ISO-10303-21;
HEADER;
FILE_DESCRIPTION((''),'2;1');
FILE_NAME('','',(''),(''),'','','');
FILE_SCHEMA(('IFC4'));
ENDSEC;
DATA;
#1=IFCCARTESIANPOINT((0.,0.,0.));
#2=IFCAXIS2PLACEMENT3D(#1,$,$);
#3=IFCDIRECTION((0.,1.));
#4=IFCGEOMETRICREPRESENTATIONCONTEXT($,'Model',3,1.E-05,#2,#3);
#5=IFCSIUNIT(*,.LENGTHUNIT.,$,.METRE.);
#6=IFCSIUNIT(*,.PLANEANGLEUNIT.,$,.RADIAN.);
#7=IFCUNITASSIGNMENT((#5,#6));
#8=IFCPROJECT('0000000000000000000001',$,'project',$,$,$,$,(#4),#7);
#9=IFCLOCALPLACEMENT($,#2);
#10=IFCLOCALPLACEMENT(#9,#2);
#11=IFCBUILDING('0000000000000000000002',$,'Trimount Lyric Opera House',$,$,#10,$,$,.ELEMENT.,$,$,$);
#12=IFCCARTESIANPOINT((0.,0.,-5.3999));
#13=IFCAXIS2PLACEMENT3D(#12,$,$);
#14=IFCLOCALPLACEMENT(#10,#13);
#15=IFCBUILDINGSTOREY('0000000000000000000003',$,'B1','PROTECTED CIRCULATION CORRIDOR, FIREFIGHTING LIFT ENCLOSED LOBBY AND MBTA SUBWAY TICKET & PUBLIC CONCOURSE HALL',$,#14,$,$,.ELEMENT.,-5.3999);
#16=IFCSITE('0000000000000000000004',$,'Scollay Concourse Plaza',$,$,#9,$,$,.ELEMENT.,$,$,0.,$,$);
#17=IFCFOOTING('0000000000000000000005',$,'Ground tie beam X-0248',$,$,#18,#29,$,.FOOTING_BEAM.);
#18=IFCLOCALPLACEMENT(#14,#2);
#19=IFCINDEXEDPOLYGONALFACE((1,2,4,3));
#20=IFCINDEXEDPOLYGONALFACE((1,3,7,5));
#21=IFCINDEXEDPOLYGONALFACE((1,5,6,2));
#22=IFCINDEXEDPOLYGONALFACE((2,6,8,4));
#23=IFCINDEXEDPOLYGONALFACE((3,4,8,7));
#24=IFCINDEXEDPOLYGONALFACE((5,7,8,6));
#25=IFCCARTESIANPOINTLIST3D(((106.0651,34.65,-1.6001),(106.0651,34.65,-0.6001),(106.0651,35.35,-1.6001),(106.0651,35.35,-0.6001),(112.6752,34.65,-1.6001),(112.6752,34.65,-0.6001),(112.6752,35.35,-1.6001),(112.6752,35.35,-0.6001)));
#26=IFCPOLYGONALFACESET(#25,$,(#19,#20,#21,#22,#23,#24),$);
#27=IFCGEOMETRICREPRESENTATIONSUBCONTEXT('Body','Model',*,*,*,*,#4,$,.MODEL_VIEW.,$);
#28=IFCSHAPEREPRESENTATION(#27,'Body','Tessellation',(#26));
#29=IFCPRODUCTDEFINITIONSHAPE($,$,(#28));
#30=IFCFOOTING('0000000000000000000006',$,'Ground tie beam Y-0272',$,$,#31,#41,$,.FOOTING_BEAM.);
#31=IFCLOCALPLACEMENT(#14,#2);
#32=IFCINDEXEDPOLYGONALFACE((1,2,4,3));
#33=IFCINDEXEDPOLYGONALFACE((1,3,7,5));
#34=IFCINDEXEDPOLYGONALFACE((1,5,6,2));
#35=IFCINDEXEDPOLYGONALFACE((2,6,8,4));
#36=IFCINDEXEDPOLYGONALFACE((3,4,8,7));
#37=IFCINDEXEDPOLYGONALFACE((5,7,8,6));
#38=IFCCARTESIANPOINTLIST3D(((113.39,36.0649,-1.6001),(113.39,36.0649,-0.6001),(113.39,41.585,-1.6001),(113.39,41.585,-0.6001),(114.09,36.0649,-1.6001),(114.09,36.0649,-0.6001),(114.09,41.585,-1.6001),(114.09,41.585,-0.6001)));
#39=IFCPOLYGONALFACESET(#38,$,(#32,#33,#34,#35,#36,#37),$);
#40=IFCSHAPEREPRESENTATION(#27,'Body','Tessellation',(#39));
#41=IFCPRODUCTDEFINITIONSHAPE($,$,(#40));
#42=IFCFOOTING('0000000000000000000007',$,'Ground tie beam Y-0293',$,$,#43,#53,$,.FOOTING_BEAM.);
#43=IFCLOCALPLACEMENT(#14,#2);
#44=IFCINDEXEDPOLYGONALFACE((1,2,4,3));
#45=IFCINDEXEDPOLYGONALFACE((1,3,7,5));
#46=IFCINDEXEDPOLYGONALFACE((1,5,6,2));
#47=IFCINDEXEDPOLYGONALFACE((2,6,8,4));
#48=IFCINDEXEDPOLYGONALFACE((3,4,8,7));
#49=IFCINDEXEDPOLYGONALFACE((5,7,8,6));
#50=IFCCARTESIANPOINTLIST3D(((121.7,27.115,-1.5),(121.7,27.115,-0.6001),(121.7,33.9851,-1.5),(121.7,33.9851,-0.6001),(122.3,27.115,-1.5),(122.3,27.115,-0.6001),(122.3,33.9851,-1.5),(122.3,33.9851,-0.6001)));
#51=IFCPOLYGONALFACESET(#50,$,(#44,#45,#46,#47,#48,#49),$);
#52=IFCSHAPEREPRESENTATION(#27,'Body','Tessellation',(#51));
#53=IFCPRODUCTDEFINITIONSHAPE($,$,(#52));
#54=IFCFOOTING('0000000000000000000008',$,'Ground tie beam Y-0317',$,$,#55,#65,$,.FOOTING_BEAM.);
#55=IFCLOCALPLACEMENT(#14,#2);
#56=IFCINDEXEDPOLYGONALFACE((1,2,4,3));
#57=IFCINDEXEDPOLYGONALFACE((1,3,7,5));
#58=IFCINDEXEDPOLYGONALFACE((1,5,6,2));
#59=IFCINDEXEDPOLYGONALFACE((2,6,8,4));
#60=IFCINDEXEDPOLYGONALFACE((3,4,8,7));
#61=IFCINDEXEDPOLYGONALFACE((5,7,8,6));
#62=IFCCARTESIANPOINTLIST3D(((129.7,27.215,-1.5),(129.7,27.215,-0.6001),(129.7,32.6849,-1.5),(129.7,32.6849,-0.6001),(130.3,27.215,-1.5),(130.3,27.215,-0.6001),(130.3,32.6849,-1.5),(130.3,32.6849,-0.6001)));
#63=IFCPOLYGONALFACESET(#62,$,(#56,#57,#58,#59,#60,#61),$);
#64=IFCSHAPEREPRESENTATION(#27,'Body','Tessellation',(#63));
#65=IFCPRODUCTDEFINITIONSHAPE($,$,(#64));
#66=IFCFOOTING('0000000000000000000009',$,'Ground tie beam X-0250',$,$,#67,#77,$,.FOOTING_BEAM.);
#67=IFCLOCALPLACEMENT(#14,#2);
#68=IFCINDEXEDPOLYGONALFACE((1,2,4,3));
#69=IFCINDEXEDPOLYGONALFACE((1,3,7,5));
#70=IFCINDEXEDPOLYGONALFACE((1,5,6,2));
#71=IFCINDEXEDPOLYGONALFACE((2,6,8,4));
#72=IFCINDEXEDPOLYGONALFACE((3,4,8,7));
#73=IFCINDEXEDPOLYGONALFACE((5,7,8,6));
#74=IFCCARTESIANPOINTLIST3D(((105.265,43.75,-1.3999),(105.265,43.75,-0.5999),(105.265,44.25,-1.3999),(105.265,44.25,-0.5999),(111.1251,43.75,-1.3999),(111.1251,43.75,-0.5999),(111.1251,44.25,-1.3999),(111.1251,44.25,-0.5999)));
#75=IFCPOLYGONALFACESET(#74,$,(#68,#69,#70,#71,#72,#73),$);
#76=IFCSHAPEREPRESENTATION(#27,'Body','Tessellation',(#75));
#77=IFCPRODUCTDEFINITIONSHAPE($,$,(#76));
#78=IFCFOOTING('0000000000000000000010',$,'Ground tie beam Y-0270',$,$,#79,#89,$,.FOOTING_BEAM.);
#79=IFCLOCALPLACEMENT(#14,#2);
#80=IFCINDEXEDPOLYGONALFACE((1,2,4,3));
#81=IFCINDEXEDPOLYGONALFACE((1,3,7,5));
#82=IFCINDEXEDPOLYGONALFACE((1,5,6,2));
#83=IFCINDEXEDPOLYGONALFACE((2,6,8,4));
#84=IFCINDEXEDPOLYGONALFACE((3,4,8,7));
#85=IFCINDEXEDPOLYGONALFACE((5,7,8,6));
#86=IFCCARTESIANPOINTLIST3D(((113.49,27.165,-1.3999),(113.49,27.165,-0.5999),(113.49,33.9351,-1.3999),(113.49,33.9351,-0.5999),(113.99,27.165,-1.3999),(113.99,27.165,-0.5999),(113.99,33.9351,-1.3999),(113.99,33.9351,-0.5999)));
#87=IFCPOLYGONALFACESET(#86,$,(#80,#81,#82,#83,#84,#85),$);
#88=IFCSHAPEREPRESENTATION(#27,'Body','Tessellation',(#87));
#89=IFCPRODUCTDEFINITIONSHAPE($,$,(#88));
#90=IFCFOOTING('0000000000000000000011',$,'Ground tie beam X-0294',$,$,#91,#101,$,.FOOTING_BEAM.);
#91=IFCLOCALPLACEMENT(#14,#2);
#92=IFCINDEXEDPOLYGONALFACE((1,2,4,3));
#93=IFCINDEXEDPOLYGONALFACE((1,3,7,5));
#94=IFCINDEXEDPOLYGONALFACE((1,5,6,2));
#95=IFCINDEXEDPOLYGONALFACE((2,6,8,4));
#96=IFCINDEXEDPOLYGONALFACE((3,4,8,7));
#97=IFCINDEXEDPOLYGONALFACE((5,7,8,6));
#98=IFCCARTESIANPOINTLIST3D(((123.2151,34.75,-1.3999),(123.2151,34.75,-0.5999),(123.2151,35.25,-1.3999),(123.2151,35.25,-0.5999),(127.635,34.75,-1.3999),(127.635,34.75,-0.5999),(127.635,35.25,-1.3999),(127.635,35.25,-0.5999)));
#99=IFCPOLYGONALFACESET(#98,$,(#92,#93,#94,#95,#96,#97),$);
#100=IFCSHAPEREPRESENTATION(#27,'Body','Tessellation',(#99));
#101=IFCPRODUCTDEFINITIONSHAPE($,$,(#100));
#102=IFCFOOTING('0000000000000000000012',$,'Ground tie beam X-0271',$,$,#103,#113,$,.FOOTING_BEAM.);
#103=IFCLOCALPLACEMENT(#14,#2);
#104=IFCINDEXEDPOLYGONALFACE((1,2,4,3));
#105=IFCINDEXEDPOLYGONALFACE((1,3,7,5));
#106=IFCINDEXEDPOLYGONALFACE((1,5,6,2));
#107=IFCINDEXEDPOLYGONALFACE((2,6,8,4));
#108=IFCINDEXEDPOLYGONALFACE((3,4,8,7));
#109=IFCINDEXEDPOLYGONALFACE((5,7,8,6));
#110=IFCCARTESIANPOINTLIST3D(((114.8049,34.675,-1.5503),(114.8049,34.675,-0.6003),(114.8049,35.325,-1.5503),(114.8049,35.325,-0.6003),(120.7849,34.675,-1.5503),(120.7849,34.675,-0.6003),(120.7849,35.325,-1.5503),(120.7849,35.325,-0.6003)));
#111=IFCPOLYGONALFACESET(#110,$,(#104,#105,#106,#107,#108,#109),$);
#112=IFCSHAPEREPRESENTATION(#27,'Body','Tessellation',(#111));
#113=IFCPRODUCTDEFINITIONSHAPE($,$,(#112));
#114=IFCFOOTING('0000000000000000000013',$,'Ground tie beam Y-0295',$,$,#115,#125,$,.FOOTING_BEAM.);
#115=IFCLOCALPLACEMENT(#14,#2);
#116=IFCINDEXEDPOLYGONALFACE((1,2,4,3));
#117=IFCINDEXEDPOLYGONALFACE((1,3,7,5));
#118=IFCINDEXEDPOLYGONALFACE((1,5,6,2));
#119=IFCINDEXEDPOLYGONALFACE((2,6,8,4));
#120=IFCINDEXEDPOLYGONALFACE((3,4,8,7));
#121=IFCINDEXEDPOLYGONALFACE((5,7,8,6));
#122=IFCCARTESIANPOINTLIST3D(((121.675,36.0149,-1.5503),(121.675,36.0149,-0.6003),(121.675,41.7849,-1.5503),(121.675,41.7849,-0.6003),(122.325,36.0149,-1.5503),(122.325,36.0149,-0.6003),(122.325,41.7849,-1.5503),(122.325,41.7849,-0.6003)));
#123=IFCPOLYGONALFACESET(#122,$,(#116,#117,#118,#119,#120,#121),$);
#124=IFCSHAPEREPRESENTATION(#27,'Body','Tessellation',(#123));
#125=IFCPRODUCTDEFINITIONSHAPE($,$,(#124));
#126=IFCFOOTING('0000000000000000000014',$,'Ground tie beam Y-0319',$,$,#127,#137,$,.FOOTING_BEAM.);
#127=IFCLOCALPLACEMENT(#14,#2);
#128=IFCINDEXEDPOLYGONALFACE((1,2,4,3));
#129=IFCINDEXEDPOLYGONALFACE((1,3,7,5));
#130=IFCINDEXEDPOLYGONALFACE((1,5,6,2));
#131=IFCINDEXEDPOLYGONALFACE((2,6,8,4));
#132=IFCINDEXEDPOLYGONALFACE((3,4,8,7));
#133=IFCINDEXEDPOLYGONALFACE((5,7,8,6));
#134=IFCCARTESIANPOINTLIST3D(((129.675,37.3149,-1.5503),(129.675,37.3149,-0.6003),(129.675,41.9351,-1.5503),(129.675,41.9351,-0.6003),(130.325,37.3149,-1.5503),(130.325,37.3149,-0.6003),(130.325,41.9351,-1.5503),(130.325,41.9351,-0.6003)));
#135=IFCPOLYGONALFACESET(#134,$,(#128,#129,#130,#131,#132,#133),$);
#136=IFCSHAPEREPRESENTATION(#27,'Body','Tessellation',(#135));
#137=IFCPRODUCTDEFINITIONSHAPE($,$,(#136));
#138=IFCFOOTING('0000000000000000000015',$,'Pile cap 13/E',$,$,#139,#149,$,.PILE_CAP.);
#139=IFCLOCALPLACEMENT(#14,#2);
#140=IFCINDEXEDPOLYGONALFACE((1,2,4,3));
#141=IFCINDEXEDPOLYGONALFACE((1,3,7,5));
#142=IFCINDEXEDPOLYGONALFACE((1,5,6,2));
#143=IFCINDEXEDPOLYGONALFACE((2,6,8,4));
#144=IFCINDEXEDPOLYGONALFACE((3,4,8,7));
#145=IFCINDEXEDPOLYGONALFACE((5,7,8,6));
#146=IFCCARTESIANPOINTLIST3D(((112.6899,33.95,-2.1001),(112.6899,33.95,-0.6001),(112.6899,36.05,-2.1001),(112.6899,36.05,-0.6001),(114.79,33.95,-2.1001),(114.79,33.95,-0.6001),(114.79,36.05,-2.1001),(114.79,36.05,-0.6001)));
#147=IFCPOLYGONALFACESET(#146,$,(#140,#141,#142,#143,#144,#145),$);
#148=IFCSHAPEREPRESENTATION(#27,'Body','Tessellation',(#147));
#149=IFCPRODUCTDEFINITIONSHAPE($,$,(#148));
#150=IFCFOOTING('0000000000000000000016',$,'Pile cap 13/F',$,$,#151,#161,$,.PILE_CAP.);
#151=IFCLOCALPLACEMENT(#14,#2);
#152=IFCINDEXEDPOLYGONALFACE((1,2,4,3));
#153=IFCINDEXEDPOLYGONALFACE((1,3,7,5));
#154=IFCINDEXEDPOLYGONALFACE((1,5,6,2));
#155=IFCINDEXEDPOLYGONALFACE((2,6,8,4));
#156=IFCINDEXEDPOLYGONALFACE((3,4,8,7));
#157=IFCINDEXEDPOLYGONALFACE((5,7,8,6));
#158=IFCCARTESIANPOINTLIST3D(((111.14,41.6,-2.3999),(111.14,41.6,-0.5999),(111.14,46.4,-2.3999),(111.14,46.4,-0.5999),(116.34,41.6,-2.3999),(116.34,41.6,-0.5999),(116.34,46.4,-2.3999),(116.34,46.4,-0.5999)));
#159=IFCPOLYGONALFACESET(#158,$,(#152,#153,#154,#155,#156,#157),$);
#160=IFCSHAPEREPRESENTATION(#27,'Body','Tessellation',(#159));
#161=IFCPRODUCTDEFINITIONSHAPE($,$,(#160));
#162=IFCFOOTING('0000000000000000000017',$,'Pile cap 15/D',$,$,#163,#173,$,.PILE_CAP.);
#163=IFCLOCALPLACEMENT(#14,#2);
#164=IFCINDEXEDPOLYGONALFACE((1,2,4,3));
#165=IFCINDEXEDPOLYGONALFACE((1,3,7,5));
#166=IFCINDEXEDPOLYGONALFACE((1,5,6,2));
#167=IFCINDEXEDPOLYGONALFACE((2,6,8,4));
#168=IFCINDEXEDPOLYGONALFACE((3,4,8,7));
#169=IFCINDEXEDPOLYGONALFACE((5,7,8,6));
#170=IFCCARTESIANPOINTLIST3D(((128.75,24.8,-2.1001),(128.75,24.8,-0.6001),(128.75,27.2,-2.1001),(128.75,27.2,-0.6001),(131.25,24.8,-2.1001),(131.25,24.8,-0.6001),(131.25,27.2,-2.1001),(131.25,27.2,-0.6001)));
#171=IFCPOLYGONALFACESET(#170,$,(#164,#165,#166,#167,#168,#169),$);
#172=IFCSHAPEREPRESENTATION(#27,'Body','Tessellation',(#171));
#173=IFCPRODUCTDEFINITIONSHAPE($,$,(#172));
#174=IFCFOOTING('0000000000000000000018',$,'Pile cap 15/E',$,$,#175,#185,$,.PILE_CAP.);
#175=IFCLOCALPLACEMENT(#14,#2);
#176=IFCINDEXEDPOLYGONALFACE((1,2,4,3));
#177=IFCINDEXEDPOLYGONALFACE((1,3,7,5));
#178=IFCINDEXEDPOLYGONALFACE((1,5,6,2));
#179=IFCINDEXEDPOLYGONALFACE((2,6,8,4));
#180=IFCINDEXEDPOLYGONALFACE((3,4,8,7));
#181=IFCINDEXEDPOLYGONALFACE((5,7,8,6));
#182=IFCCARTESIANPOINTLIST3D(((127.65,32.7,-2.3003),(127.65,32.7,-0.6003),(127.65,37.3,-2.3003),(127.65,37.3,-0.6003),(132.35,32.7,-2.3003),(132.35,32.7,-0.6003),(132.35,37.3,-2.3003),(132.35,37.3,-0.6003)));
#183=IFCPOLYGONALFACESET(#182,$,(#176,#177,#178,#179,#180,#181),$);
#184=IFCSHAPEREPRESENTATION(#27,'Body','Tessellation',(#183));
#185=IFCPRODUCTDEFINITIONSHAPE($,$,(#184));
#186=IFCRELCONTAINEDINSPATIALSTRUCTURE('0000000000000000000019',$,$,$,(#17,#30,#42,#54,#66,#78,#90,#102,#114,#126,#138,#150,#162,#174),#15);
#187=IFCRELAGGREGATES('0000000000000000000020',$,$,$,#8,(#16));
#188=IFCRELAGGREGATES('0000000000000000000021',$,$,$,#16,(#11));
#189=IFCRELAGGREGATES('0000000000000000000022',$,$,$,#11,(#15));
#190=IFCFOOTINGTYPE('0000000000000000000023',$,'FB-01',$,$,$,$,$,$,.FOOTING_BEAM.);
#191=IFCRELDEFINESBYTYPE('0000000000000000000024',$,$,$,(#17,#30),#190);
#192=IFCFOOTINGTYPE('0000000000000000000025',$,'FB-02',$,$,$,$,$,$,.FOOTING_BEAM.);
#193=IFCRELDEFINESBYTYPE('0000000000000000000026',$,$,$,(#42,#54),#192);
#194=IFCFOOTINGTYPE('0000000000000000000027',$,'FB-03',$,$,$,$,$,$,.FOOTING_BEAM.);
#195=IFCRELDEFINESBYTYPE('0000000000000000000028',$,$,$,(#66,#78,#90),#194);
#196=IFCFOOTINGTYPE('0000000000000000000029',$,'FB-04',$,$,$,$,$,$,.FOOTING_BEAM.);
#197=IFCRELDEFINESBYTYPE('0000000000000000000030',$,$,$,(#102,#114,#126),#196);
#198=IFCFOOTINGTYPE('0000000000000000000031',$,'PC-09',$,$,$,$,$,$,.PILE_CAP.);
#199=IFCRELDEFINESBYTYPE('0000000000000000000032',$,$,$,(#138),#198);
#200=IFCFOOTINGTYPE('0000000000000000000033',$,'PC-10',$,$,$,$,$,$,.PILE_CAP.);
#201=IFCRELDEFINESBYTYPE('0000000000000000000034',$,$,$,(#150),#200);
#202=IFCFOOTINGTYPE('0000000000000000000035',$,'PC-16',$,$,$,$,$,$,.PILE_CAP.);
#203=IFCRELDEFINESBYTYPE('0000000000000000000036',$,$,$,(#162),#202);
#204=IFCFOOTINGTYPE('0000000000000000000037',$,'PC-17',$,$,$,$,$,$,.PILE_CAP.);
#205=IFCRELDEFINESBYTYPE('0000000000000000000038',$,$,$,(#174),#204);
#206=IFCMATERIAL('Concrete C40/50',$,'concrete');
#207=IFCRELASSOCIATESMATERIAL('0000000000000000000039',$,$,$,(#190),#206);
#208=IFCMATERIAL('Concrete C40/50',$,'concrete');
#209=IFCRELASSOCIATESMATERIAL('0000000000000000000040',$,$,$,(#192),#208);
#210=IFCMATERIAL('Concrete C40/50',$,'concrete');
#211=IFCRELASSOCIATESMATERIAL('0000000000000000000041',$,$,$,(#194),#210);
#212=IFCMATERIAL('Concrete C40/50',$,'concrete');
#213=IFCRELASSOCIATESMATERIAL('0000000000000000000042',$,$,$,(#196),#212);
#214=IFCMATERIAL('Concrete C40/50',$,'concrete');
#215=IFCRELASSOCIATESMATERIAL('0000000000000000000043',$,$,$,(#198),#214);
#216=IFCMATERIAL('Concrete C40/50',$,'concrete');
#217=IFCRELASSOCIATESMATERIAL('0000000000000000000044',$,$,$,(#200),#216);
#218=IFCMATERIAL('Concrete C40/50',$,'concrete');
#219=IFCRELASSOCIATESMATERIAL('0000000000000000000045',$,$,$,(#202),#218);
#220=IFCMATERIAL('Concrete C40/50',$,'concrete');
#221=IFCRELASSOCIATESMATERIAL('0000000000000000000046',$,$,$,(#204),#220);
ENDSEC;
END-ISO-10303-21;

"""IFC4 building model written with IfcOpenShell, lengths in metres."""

from ifc_helpers import new_model, si_unit, direction, frame, origin, origin_2d, place, context, subcontext, project, spatial, rectangle, extrude, material, type_object, element, save


model = new_model("IFC4")

# Units and contexts
model_context = context("Model", 3, precision=1e-05, world=origin(), true_north=direction((0.0, 1.0)))
body_context = subcontext(model_context, "Body", "Model", "MODEL_VIEW")
ifc_project = project(units=[si_unit("LENGTHUNIT", "METRE"), si_unit("PLANEANGLEUNIT", "RADIAN")], contexts=[model_context])

# Site, building, storey
site_placement = place(None, origin())
site = spatial("IfcSite", under=ifc_project, at=site_placement, Name="Scollay Concourse Plaza", CompositionType="ELEMENT", RefElevation=0.0)
building_placement = place(site_placement, origin())
building = spatial("IfcBuilding", under=site, at=building_placement, Name="Trimount Lyric Opera House", CompositionType="ELEMENT")
storey_placement = place(building_placement, frame((0.0, 0.0, -5.3999)))
storey = spatial("IfcBuildingStorey", under=building, at=storey_placement, Name="B1", Description="PROTECTED CIRCULATION CORRIDOR, FIREFIGHTING LIFT ENCLOSED LOBBY AND MBTA SUBWAY TICKET & PUBLIC CONCOURSE HALL", CompositionType="ELEMENT", Elevation=-5.3999)

# Footings
ifc_material_1 = material(Name="Concrete C40/50", Category="concrete")
footing_type_1 = type_object("IfcFootingType", Name="FB-01", PredefinedType="FOOTING_BEAM", material=ifc_material_1)
footing_1_placement = place(storey_placement, frame((109.3701, 35.0, -1.6001), z_axis=(0.0, 0.0, 1.0), x_axis=(1.0, 0.0, 0.0)))
element("IfcFooting", 1, at=footing_1_placement, inside=storey, type_object=footing_type_1, Name="Ground tie beam X-0248", PredefinedType="FOOTING_BEAM", context=body_context, shape_type="SweptSolid", body=[
    extrude(rectangle(XDim=6.6101, YDim=0.7, at=origin_2d()), origin(), (0.0, 0.0, 1.0), 1.0),
])
footing_2_placement = place(storey_placement, frame((113.74, 38.825, -1.6001), z_axis=(0.0, 0.0, 1.0), x_axis=(1.0, 0.0, 0.0)))
element("IfcFooting", 2, at=footing_2_placement, inside=storey, type_object=footing_type_1, Name="Ground tie beam Y-0272", PredefinedType="FOOTING_BEAM", context=body_context, shape_type="SweptSolid", body=[
    extrude(rectangle(XDim=0.7, YDim=5.52, at=origin_2d()), origin(), (0.0, 0.0, 1.0), 1.0),
])
ifc_material_2 = material(Name="Concrete C40/50", Category="concrete")
footing_type_2 = type_object("IfcFootingType", Name="FB-02", PredefinedType="FOOTING_BEAM", material=ifc_material_2)
footing_3_placement = place(storey_placement, frame((122.0, 30.55, -1.5), z_axis=(0.0, 0.0, 1.0), x_axis=(1.0, 0.0, 0.0)))
element("IfcFooting", 3, at=footing_3_placement, inside=storey, type_object=footing_type_2, Name="Ground tie beam Y-0293", PredefinedType="FOOTING_BEAM", context=body_context, shape_type="SweptSolid", body=[
    extrude(rectangle(XDim=0.6001, YDim=6.8701, at=origin_2d()), origin(), (0.0, 0.0, 1.0), 0.8999),
])
footing_4_placement = place(storey_placement, frame((130.0, 29.95, -1.5), z_axis=(0.0, 0.0, 1.0), x_axis=(1.0, 0.0, 0.0)))
element("IfcFooting", 4, at=footing_4_placement, inside=storey, type_object=footing_type_2, Name="Ground tie beam Y-0317", PredefinedType="FOOTING_BEAM", context=body_context, shape_type="SweptSolid", body=[
    extrude(rectangle(XDim=0.6001, YDim=5.47, at=origin_2d()), origin(), (0.0, 0.0, 1.0), 0.8999),
])
ifc_material_3 = material(Name="Concrete C40/50", Category="concrete")
footing_type_3 = type_object("IfcFootingType", Name="FB-03", PredefinedType="FOOTING_BEAM", material=ifc_material_3)
footing_5_placement = place(storey_placement, frame((108.1951, 44.0, -1.3999), z_axis=(0.0, 0.0, 1.0), x_axis=(1.0, 0.0, 0.0)))
element("IfcFooting", 5, at=footing_5_placement, inside=storey, type_object=footing_type_3, Name="Ground tie beam X-0250", PredefinedType="FOOTING_BEAM", context=body_context, shape_type="SweptSolid", body=[
    extrude(rectangle(XDim=5.8601, YDim=0.5, at=origin_2d()), origin(), (0.0, 0.0, 1.0), 0.8),
])
footing_6_placement = place(storey_placement, frame((113.74, 30.55, -1.3999), z_axis=(0.0, 0.0, 1.0), x_axis=(1.0, 0.0, 0.0)))
element("IfcFooting", 6, at=footing_6_placement, inside=storey, type_object=footing_type_3, Name="Ground tie beam Y-0270", PredefinedType="FOOTING_BEAM", context=body_context, shape_type="SweptSolid", body=[
    extrude(rectangle(XDim=0.5, YDim=6.77, at=origin_2d()), origin(), (0.0, 0.0, 1.0), 0.8),
])
footing_7_placement = place(storey_placement, frame((125.425, 35.0, -1.3999), z_axis=(0.0, 0.0, 1.0), x_axis=(1.0, 0.0, 0.0)))
element("IfcFooting", 7, at=footing_7_placement, inside=storey, type_object=footing_type_3, Name="Ground tie beam X-0294", PredefinedType="FOOTING_BEAM", context=body_context, shape_type="SweptSolid", body=[
    extrude(rectangle(XDim=4.4199, YDim=0.5, at=origin_2d()), origin(), (0.0, 0.0, 1.0), 0.8),
])
ifc_material_4 = material(Name="Concrete C40/50", Category="concrete")
footing_type_4 = type_object("IfcFootingType", Name="FB-04", PredefinedType="FOOTING_BEAM", material=ifc_material_4)
footing_8_placement = place(storey_placement, frame((117.7949, 35.0, -1.5503), z_axis=(0.0, 0.0, 1.0), x_axis=(1.0, 0.0, 0.0)))
element("IfcFooting", 8, at=footing_8_placement, inside=storey, type_object=footing_type_4, Name="Ground tie beam X-0271", PredefinedType="FOOTING_BEAM", context=body_context, shape_type="SweptSolid", body=[
    extrude(rectangle(XDim=5.98, YDim=0.6499, at=origin_2d()), origin(), (0.0, 0.0, 1.0), 0.95),
])
footing_9_placement = place(storey_placement, frame((122.0, 38.8999, -1.5503), z_axis=(0.0, 0.0, 1.0), x_axis=(1.0, 0.0, 0.0)))
element("IfcFooting", 9, at=footing_9_placement, inside=storey, type_object=footing_type_4, Name="Ground tie beam Y-0295", PredefinedType="FOOTING_BEAM", context=body_context, shape_type="SweptSolid", body=[
    extrude(rectangle(XDim=0.6499, YDim=5.77, at=origin_2d()), origin(), (0.0, 0.0, 1.0), 0.95),
])
footing_10_placement = place(storey_placement, frame((130.0, 39.625, -1.5503), z_axis=(0.0, 0.0, 1.0), x_axis=(1.0, 0.0, 0.0)))
element("IfcFooting", 10, at=footing_10_placement, inside=storey, type_object=footing_type_4, Name="Ground tie beam Y-0319", PredefinedType="FOOTING_BEAM", context=body_context, shape_type="SweptSolid", body=[
    extrude(rectangle(XDim=0.6499, YDim=4.6201, at=origin_2d()), origin(), (0.0, 0.0, 1.0), 0.95),
])
ifc_material_5 = material(Name="Concrete C40/50", Category="concrete")
footing_type_5 = type_object("IfcFootingType", Name="PC-09", PredefinedType="PILE_CAP", material=ifc_material_5)
footing_11_placement = place(storey_placement, frame((113.74, 35.0, -2.1001), z_axis=(0.0, 0.0, 1.0), x_axis=(1.0, 0.0, 0.0)))
element("IfcFooting", 11, at=footing_11_placement, inside=storey, type_object=footing_type_5, Name="Pile cap 13/E", PredefinedType="PILE_CAP", context=body_context, shape_type="SweptSolid", body=[
    extrude(rectangle(XDim=2.1001, YDim=2.1001, at=origin_2d()), origin(), (0.0, 0.0, 1.0), 1.5),
])
ifc_material_6 = material(Name="Concrete C40/50", Category="concrete")
footing_type_6 = type_object("IfcFootingType", Name="PC-10", PredefinedType="PILE_CAP", material=ifc_material_6)
footing_12_placement = place(storey_placement, frame((113.74, 44.0, -2.3999), z_axis=(0.0, 0.0, 1.0), x_axis=(1.0, 0.0, 0.0)))
element("IfcFooting", 12, at=footing_12_placement, inside=storey, type_object=footing_type_6, Name="Pile cap 13/F", PredefinedType="PILE_CAP", context=body_context, shape_type="SweptSolid", body=[
    extrude(rectangle(XDim=5.2, YDim=4.8, at=origin_2d()), origin(), (0.0, 0.0, 1.0), 1.8),
])
ifc_material_7 = material(Name="Concrete C40/50", Category="concrete")
footing_type_7 = type_object("IfcFootingType", Name="PC-16", PredefinedType="PILE_CAP", material=ifc_material_7)
footing_13_placement = place(storey_placement, frame((130.0, 26.0, -2.1001), z_axis=(0.0, 0.0, 1.0), x_axis=(1.0, 0.0, 0.0)))
element("IfcFooting", 13, at=footing_13_placement, inside=storey, type_object=footing_type_7, Name="Pile cap 15/D", PredefinedType="PILE_CAP", context=body_context, shape_type="SweptSolid", body=[
    extrude(rectangle(XDim=2.5, YDim=2.3999, at=origin_2d()), origin(), (0.0, 0.0, 1.0), 1.5),
])
ifc_material_8 = material(Name="Concrete C40/50", Category="concrete")
footing_type_8 = type_object("IfcFootingType", Name="PC-17", PredefinedType="PILE_CAP", material=ifc_material_8)
footing_14_placement = place(storey_placement, frame((130.0, 35.0, -2.3003), z_axis=(0.0, 0.0, 1.0), x_axis=(1.0, 0.0, 0.0)))
element("IfcFooting", 14, at=footing_14_placement, inside=storey, type_object=footing_type_8, Name="Pile cap 15/E", PredefinedType="PILE_CAP", context=body_context, shape_type="SweptSolid", body=[
    extrude(rectangle(XDim=4.7, YDim=4.6001, at=origin_2d()), origin(), (0.0, 0.0, 1.0), 1.7),
])

save(model, "model.ifc")
